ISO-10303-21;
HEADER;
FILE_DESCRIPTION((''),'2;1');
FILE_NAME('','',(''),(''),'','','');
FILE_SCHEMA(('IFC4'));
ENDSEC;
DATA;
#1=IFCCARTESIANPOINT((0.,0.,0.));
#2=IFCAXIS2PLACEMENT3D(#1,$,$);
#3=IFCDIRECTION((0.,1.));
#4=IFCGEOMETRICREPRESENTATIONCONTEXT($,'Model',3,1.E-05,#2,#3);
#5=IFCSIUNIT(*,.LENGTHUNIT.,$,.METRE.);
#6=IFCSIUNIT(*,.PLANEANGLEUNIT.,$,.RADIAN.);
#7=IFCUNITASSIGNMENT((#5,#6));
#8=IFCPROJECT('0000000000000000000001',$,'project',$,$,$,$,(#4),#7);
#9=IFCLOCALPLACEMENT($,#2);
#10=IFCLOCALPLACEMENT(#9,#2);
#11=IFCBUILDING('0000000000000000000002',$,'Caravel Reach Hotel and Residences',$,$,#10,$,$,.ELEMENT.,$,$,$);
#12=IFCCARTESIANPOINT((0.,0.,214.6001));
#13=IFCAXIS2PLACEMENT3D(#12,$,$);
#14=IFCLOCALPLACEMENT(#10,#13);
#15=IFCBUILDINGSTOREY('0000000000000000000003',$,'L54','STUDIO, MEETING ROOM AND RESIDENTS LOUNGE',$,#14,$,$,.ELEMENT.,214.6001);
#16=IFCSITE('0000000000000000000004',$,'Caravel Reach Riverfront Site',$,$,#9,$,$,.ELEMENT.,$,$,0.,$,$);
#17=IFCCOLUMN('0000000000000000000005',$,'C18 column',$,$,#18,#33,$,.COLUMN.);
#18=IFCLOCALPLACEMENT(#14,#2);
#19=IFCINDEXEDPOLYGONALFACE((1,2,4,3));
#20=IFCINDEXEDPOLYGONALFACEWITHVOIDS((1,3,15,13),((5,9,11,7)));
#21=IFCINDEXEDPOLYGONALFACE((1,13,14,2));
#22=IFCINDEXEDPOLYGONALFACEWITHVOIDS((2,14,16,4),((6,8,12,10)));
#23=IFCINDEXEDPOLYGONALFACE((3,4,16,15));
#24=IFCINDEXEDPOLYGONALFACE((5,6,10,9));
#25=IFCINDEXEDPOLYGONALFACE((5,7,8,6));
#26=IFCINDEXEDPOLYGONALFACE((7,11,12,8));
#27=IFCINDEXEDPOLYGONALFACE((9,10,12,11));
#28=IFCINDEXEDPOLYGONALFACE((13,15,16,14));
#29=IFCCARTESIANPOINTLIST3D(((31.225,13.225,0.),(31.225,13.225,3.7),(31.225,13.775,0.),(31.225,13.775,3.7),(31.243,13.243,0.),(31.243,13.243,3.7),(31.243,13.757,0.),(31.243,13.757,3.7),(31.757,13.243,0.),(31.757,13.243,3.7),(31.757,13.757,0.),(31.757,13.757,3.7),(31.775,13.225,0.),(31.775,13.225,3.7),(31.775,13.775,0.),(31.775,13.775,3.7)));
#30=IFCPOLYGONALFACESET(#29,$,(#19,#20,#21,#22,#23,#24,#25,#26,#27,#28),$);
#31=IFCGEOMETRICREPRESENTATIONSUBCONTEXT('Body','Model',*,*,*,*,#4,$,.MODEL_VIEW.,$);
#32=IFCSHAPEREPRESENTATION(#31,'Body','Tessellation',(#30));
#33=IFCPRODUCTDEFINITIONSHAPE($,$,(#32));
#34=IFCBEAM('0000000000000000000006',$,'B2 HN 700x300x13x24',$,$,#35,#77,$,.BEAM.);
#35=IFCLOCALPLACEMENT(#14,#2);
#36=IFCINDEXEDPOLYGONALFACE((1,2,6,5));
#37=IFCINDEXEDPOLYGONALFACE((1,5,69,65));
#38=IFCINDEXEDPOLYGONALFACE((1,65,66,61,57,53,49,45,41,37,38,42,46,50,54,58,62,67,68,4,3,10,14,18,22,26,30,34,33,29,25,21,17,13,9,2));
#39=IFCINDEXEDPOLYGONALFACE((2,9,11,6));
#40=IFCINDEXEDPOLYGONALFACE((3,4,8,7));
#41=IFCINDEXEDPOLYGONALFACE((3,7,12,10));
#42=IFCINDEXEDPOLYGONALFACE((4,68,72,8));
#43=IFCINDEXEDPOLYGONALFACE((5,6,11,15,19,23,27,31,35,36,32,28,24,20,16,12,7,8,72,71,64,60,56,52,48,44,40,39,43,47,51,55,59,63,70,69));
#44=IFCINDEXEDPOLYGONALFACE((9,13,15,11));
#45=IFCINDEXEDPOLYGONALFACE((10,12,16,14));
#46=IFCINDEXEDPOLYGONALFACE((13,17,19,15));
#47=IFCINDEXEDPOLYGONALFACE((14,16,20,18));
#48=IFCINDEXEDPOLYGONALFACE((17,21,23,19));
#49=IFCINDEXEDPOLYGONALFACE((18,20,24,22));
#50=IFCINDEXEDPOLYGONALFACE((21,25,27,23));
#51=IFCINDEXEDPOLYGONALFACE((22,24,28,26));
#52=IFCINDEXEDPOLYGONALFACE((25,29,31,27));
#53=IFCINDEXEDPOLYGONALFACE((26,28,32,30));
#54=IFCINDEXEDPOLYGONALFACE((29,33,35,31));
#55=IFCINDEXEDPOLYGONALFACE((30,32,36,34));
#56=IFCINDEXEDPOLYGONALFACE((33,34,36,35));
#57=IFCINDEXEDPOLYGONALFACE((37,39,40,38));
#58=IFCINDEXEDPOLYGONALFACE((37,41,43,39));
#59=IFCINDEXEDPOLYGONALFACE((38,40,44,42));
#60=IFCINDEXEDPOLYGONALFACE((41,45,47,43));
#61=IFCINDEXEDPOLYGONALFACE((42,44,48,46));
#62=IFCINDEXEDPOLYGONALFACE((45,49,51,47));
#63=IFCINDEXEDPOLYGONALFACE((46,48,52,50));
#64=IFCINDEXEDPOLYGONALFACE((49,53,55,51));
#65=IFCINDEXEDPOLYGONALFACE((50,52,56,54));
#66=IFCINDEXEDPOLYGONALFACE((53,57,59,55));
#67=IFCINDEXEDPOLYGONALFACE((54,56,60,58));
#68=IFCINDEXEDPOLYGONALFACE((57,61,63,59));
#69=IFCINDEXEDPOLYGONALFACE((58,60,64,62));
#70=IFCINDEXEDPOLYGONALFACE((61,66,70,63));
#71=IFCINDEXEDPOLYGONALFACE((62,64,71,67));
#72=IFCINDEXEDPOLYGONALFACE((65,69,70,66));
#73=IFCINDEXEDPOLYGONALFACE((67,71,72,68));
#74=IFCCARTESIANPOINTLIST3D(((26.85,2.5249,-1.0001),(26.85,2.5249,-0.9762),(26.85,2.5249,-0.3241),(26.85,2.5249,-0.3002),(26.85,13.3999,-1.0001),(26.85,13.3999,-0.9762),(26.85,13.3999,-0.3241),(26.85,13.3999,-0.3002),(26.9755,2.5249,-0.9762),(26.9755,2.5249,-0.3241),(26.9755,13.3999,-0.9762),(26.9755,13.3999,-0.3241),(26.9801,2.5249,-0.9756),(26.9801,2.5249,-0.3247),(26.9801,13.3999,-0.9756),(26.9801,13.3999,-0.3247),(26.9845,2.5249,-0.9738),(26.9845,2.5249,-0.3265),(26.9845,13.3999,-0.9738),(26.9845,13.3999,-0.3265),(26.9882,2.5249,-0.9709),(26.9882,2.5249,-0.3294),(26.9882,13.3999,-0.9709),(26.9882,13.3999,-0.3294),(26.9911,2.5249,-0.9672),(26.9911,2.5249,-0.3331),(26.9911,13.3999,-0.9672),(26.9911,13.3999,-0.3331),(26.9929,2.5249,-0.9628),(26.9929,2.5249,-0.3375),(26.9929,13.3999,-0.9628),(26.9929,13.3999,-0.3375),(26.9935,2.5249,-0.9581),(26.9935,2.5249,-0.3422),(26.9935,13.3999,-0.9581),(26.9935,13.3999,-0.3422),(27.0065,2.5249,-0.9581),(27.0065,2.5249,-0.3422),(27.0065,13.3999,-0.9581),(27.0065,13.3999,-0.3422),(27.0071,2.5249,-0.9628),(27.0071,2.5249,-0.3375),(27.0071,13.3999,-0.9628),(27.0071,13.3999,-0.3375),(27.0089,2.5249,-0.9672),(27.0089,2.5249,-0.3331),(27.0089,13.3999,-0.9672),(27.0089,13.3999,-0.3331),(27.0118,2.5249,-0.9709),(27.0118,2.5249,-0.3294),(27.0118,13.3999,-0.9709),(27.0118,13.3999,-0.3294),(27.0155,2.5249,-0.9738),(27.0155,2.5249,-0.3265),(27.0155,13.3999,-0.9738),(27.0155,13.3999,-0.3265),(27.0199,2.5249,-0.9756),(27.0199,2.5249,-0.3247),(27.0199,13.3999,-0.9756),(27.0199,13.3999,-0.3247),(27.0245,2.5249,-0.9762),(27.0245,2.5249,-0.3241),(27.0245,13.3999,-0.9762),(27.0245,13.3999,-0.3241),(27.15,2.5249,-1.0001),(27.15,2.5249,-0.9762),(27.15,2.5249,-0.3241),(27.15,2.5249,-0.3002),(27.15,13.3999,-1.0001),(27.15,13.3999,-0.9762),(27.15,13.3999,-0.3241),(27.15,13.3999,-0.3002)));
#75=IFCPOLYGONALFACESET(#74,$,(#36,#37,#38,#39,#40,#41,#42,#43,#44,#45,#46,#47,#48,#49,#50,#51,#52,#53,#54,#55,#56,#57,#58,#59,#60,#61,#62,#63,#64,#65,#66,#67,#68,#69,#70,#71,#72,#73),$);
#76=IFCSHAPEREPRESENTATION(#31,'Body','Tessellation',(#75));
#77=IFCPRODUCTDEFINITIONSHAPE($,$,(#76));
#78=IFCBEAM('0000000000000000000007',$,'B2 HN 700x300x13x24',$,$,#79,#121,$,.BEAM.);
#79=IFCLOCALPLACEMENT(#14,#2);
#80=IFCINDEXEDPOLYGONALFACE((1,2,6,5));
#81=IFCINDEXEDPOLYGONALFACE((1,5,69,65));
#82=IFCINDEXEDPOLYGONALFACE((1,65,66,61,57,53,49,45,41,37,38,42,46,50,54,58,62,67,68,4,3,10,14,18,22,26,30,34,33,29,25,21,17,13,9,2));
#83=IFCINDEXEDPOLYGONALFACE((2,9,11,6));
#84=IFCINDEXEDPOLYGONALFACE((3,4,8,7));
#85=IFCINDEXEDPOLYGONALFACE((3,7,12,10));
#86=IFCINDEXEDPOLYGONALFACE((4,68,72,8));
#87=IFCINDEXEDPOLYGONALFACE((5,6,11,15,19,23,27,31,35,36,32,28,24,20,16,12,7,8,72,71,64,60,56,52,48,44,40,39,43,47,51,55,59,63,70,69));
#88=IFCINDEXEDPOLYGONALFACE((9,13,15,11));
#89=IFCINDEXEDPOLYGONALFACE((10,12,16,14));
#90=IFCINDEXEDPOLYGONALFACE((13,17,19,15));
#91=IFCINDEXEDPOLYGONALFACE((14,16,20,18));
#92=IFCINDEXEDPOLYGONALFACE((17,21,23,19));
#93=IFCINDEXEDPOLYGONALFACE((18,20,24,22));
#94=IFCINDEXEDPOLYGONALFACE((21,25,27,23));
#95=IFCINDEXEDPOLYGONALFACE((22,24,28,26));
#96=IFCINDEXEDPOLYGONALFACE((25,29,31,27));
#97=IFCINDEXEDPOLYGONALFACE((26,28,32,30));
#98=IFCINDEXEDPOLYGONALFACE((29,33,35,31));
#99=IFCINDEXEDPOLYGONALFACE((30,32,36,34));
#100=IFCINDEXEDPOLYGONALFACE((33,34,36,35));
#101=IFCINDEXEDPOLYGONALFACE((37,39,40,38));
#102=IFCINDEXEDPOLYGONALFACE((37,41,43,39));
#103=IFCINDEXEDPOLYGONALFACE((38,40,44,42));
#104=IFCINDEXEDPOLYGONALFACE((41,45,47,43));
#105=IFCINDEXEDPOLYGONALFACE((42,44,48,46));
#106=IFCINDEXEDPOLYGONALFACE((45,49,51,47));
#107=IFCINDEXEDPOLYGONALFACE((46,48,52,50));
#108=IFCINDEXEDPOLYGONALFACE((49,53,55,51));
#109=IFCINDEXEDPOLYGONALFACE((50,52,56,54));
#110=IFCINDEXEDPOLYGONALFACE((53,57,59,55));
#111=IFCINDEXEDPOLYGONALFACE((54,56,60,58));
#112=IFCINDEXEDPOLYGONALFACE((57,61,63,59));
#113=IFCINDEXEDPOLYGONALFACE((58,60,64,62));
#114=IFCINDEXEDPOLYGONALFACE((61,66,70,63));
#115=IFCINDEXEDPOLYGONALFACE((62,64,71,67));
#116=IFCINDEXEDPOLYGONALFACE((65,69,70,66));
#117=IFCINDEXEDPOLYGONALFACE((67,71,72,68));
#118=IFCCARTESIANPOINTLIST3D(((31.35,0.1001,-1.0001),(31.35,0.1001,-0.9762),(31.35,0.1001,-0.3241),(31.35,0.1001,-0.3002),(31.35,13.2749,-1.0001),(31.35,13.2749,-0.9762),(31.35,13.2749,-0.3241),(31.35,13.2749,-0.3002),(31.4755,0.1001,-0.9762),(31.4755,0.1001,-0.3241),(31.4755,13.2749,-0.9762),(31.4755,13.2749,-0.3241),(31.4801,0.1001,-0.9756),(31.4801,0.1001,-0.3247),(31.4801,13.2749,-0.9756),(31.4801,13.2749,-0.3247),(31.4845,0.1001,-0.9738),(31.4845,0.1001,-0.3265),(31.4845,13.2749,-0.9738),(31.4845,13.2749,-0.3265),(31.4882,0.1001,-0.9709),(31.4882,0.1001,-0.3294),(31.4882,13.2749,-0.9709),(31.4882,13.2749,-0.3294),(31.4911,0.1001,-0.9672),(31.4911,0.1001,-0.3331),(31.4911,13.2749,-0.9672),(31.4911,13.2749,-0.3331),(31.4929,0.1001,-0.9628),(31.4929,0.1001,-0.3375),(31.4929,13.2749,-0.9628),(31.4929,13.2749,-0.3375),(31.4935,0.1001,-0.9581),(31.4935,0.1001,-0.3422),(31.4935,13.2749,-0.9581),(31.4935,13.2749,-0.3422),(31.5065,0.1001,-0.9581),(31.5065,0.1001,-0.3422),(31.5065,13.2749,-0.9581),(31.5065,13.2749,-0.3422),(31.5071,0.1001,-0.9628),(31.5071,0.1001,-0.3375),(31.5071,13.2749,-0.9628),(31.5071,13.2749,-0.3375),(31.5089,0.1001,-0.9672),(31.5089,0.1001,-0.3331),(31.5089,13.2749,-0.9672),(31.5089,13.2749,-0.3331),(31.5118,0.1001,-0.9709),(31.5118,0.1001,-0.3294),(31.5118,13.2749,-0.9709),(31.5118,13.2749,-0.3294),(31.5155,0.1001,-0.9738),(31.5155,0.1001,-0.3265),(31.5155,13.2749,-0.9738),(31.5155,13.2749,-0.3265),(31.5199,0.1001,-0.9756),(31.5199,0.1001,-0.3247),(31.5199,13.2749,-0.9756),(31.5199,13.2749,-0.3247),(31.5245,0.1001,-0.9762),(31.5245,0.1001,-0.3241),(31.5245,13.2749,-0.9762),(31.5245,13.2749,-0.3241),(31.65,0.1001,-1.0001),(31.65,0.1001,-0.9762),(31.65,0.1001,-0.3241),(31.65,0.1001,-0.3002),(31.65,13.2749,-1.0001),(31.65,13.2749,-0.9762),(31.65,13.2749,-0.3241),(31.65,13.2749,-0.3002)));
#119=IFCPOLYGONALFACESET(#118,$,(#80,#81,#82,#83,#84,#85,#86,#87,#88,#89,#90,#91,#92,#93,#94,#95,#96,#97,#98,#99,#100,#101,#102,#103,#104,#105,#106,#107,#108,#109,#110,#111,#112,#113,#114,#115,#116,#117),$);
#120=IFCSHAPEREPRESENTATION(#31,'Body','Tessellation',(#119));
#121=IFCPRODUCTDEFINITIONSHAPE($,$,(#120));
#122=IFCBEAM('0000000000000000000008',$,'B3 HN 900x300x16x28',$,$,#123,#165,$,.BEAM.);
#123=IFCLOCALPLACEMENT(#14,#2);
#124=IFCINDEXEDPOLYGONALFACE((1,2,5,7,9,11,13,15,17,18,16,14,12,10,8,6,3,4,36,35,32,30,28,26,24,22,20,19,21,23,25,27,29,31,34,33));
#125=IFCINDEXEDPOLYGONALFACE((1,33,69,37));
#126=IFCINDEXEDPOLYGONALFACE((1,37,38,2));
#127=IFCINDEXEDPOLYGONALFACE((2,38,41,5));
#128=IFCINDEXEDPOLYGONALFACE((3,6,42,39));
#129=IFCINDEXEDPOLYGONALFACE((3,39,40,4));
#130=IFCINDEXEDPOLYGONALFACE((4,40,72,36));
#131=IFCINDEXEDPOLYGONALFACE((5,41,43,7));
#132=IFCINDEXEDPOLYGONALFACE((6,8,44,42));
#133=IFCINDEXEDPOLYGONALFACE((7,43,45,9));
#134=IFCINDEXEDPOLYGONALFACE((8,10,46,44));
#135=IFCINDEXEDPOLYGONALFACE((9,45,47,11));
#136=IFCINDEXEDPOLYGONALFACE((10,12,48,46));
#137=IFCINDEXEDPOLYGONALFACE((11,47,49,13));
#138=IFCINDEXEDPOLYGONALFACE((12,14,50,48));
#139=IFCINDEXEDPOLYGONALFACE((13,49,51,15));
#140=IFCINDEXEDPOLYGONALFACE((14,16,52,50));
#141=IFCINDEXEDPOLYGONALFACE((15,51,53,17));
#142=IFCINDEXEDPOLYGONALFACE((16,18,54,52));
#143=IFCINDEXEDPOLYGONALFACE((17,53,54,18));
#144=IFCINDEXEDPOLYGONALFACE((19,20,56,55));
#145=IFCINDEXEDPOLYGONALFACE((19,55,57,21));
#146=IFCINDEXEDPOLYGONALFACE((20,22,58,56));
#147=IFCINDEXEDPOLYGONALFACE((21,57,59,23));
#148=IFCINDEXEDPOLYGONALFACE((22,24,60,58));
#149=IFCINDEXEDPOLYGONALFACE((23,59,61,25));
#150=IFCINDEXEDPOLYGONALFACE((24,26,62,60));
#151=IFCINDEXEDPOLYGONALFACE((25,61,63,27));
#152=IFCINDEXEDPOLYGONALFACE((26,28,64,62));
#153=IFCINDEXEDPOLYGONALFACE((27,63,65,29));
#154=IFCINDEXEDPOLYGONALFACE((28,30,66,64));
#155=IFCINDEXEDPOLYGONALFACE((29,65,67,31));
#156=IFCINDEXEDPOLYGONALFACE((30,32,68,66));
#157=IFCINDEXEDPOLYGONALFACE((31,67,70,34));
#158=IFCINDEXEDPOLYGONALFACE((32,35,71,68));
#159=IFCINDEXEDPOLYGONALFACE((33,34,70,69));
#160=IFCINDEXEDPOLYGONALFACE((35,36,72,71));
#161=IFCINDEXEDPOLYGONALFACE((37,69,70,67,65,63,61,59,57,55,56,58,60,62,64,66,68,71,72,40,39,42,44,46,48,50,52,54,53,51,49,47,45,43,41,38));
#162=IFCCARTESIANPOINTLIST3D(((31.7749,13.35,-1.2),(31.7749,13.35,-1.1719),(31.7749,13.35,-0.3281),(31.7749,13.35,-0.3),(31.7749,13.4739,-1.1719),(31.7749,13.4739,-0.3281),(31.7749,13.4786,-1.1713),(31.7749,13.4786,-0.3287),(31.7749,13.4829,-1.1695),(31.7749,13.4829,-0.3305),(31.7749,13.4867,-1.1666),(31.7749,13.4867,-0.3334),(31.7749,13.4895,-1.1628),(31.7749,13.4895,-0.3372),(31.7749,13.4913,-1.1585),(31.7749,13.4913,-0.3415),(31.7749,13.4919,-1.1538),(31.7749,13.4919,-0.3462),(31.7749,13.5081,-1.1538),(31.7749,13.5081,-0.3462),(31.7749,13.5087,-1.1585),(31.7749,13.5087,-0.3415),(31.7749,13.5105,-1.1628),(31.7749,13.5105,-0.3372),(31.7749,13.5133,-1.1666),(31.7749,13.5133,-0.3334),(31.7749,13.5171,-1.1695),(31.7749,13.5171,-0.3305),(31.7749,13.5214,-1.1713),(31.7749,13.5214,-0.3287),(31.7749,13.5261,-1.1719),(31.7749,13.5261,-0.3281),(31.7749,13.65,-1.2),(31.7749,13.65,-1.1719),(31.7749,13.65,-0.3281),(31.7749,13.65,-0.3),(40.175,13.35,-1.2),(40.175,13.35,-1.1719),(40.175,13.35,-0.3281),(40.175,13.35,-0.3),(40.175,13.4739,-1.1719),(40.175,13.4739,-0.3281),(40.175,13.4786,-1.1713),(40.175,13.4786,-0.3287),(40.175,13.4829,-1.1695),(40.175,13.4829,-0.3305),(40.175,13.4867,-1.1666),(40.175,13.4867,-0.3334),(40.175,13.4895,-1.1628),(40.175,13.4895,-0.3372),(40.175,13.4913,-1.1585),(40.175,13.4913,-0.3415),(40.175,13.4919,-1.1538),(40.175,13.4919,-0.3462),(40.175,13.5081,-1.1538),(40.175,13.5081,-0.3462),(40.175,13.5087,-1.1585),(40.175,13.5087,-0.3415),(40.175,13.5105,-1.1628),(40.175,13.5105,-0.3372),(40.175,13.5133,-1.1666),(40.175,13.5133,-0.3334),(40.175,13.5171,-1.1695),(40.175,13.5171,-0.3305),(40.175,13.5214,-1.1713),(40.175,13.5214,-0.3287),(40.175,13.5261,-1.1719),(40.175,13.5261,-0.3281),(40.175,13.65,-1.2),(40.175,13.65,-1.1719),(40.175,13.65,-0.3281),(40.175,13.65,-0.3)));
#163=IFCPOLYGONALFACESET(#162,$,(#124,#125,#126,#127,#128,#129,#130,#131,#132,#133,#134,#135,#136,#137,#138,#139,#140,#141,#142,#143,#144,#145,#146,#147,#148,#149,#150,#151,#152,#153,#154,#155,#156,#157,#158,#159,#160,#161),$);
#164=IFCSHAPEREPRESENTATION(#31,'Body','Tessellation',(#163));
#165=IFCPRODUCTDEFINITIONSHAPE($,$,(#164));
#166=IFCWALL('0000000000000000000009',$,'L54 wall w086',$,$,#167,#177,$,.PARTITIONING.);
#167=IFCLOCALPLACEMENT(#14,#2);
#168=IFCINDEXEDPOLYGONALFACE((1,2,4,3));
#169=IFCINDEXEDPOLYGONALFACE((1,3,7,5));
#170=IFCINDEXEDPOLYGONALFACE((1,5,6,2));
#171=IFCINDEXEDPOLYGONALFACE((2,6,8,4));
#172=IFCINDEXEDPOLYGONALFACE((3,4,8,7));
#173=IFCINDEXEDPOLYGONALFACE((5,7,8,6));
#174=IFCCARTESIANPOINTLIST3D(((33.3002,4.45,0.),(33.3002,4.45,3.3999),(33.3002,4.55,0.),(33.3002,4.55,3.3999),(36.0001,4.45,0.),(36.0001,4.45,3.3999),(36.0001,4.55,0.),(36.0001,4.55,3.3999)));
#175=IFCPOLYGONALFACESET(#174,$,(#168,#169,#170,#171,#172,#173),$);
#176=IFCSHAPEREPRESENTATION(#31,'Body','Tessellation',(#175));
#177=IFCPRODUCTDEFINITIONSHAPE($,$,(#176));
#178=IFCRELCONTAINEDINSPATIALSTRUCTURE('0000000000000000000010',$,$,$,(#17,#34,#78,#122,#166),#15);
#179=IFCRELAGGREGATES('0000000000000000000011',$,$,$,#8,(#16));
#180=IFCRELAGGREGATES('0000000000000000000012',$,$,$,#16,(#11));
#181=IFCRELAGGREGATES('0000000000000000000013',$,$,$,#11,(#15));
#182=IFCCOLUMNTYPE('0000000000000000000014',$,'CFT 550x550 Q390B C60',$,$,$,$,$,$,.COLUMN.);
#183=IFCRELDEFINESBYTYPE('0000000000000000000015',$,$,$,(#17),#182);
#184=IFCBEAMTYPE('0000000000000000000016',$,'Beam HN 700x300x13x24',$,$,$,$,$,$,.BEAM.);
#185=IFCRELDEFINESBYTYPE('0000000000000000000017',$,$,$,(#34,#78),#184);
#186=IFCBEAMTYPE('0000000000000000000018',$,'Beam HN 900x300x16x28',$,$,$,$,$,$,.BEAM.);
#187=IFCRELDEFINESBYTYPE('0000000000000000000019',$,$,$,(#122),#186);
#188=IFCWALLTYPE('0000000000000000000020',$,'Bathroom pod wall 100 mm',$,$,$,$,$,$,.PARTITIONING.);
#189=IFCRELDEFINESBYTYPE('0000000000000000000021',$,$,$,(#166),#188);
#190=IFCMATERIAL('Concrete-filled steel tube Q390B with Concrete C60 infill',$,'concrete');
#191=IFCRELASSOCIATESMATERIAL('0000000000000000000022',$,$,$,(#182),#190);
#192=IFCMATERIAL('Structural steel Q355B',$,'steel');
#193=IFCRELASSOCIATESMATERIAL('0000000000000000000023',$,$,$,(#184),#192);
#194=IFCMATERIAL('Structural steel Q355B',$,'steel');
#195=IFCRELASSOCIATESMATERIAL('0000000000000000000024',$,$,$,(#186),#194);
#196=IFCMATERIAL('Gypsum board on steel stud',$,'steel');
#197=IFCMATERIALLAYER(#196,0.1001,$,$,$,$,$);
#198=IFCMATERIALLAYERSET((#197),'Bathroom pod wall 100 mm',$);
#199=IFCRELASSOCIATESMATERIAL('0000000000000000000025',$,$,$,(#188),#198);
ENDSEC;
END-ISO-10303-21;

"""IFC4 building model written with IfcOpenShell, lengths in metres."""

from ifc_helpers import new_model, si_unit, direction, frame, frame_2d, origin, origin_2d, place, context, subcontext, project, spatial, rectangle, hollow_rectangle, i_section, extrude, material, layer, layer_set, material_profile, profile_set, type_object, element, save


model = new_model("IFC4")

# Units and contexts
model_context = context("Model", 3, precision=1e-05, world=origin(), true_north=direction((0.0, 1.0)))
body_context = subcontext(model_context, "Body", "Model", "MODEL_VIEW")
ifc_project = project(units=[si_unit("LENGTHUNIT", "METRE"), si_unit("PLANEANGLEUNIT", "RADIAN")], contexts=[model_context])

# Site, building, storey
site_placement = place(None, origin())
site = spatial("IfcSite", under=ifc_project, at=site_placement, Name="Caravel Reach Riverfront Site", CompositionType="ELEMENT", RefElevation=0.0)
building_placement = place(site_placement, origin())
building = spatial("IfcBuilding", under=site, at=building_placement, Name="Caravel Reach Hotel and Residences", CompositionType="ELEMENT")
storey_placement = place(building_placement, frame((0.0, 0.0, 214.6001)))
storey = spatial("IfcBuildingStorey", under=building, at=storey_placement, Name="L54", Description="STUDIO, MEETING ROOM AND RESIDENTS LOUNGE", CompositionType="ELEMENT", Elevation=214.6001)

# Column
ifc_material_1 = material(Name="Concrete-filled steel tube Q390B with Concrete C60 infill", Category="concrete")
ifc_material_profile_1 = material_profile(ifc_material_1, hollow_rectangle(XDim=0.55, YDim=0.55, WallThickness=0.0181, at=origin_2d()), Name="RHS 550x550x18")
ifc_profile_set_1 = profile_set([ifc_material_profile_1], Name="Concrete-filled steel tube Q390B with Concrete C60 infill")
column_type = type_object("IfcColumnType", Name="CFT 550x550 Q390B C60", PredefinedType="COLUMN", material=ifc_profile_set_1)
column_placement = place(storey_placement, frame((31.5, 13.5, 0.0), z_axis=(0.0, 0.0, 1.0), x_axis=(1.0, 0.0, 0.0)))
element("IfcColumn", 1, at=column_placement, inside=storey, type_object=column_type, Name="C18 column", PredefinedType="COLUMN", context=body_context, shape_type="SweptSolid", body=[
    extrude(hollow_rectangle(XDim=0.55, YDim=0.55, WallThickness=0.0181, at=origin_2d()), origin(), (0.0, 0.0, 1.0), 3.7),
])

# Beams
ifc_material_2 = material(Name="Structural steel Q355B", Category="steel")
ifc_material_profile_2 = material_profile(ifc_material_2, i_section(OverallWidth=0.3, OverallDepth=0.7, WebThickness=0.0129, FlangeThickness=0.0239, FilletRadius=0.0181, at=origin_2d()), Name="HN 700x300x13x24")
ifc_profile_set_2 = profile_set([ifc_material_profile_2], Name="Structural steel Q355B")
beam_type_1 = type_object("IfcBeamType", Name="Beam HN 700x300x13x24", PredefinedType="BEAM", material=ifc_profile_set_2)
beam_1_placement = place(storey_placement, frame((27.0, 13.3999, -0.6501), z_axis=(0.0, -1.0, 0.0), x_axis=(1.0, 0.0, 0.0)))
element("IfcBeam", 2, at=beam_1_placement, inside=storey, type_object=beam_type_1, Name="B2 HN 700x300x13x24", PredefinedType="BEAM", context=body_context, shape_type="SweptSolid", body=[
    extrude(i_section(OverallWidth=0.3, OverallDepth=0.7, WebThickness=0.0129, FlangeThickness=0.0239, FilletRadius=0.0181, at=origin_2d()), origin(), (0.0, 0.0, 1.0), 10.875),
])
beam_2_placement = place(storey_placement, frame((31.5, 13.2749, -0.6501), z_axis=(0.0, -1.0, 0.0), x_axis=(1.0, 0.0, 0.0)))
element("IfcBeam", 3, at=beam_2_placement, inside=storey, type_object=beam_type_1, Name="B2 HN 700x300x13x24", PredefinedType="BEAM", context=body_context, shape_type="SweptSolid", body=[
    extrude(i_section(OverallWidth=0.3, OverallDepth=0.7, WebThickness=0.0129, FlangeThickness=0.0239, FilletRadius=0.0181, at=origin_2d()), origin(), (0.0, 0.0, 1.0), 13.1748),
])
ifc_material_3 = material(Name="Structural steel Q355B", Category="steel")
ifc_material_profile_3 = material_profile(ifc_material_3, i_section(OverallWidth=0.3, OverallDepth=0.8999, WebThickness=0.0161, FlangeThickness=0.0281, FilletRadius=0.0181, at=origin_2d()), Name="HN 900x300x16x28")
ifc_profile_set_3 = profile_set([ifc_material_profile_3], Name="Structural steel Q355B")
beam_type_2 = type_object("IfcBeamType", Name="Beam HN 900x300x16x28", PredefinedType="BEAM", material=ifc_profile_set_3)
beam_3_placement = place(storey_placement, frame((31.7749, 13.5, -0.75), z_axis=(1.0, 0.0, 0.0), x_axis=(0.0, 1.0, 0.0)))
element("IfcBeam", 4, at=beam_3_placement, inside=storey, type_object=beam_type_2, Name="B3 HN 900x300x16x28", PredefinedType="BEAM", context=body_context, shape_type="SweptSolid", body=[
    extrude(i_section(OverallWidth=0.3, OverallDepth=0.8999, WebThickness=0.0161, FlangeThickness=0.0281, FilletRadius=0.0181, at=origin_2d()), origin(), (0.0, 0.0, 1.0), 8.4001),
])

# Wall
ifc_material_4 = material(Name="Gypsum board on steel stud", Category="steel")
ifc_layer_1 = layer(ifc_material_4, 0.1001)
ifc_layer_set_1 = layer_set([ifc_layer_1], Name="Bathroom pod wall 100 mm")
wall_type_1 = type_object("IfcWallType", Name="Bathroom pod wall 100 mm", PredefinedType="PARTITIONING", material=ifc_layer_set_1)
wall_1_placement = place(storey_placement, frame((33.3, 4.5, 0.0), z_axis=(0.0, 0.0, 1.0), x_axis=(1.0, 0.0, 0.0)))
element("IfcWall", 5, at=wall_1_placement, inside=storey, type_object=wall_type_1, Name="L54 wall w086", PredefinedType="PARTITIONING", context=body_context, shape_type="SweptSolid", body=[
    extrude(rectangle(XDim=2.7, YDim=0.1001, at=frame_2d((1.3501, 0.0))), origin(), (0.0, 0.0, 1.0), 3.3999),
])

save(model, "model.ifc")
